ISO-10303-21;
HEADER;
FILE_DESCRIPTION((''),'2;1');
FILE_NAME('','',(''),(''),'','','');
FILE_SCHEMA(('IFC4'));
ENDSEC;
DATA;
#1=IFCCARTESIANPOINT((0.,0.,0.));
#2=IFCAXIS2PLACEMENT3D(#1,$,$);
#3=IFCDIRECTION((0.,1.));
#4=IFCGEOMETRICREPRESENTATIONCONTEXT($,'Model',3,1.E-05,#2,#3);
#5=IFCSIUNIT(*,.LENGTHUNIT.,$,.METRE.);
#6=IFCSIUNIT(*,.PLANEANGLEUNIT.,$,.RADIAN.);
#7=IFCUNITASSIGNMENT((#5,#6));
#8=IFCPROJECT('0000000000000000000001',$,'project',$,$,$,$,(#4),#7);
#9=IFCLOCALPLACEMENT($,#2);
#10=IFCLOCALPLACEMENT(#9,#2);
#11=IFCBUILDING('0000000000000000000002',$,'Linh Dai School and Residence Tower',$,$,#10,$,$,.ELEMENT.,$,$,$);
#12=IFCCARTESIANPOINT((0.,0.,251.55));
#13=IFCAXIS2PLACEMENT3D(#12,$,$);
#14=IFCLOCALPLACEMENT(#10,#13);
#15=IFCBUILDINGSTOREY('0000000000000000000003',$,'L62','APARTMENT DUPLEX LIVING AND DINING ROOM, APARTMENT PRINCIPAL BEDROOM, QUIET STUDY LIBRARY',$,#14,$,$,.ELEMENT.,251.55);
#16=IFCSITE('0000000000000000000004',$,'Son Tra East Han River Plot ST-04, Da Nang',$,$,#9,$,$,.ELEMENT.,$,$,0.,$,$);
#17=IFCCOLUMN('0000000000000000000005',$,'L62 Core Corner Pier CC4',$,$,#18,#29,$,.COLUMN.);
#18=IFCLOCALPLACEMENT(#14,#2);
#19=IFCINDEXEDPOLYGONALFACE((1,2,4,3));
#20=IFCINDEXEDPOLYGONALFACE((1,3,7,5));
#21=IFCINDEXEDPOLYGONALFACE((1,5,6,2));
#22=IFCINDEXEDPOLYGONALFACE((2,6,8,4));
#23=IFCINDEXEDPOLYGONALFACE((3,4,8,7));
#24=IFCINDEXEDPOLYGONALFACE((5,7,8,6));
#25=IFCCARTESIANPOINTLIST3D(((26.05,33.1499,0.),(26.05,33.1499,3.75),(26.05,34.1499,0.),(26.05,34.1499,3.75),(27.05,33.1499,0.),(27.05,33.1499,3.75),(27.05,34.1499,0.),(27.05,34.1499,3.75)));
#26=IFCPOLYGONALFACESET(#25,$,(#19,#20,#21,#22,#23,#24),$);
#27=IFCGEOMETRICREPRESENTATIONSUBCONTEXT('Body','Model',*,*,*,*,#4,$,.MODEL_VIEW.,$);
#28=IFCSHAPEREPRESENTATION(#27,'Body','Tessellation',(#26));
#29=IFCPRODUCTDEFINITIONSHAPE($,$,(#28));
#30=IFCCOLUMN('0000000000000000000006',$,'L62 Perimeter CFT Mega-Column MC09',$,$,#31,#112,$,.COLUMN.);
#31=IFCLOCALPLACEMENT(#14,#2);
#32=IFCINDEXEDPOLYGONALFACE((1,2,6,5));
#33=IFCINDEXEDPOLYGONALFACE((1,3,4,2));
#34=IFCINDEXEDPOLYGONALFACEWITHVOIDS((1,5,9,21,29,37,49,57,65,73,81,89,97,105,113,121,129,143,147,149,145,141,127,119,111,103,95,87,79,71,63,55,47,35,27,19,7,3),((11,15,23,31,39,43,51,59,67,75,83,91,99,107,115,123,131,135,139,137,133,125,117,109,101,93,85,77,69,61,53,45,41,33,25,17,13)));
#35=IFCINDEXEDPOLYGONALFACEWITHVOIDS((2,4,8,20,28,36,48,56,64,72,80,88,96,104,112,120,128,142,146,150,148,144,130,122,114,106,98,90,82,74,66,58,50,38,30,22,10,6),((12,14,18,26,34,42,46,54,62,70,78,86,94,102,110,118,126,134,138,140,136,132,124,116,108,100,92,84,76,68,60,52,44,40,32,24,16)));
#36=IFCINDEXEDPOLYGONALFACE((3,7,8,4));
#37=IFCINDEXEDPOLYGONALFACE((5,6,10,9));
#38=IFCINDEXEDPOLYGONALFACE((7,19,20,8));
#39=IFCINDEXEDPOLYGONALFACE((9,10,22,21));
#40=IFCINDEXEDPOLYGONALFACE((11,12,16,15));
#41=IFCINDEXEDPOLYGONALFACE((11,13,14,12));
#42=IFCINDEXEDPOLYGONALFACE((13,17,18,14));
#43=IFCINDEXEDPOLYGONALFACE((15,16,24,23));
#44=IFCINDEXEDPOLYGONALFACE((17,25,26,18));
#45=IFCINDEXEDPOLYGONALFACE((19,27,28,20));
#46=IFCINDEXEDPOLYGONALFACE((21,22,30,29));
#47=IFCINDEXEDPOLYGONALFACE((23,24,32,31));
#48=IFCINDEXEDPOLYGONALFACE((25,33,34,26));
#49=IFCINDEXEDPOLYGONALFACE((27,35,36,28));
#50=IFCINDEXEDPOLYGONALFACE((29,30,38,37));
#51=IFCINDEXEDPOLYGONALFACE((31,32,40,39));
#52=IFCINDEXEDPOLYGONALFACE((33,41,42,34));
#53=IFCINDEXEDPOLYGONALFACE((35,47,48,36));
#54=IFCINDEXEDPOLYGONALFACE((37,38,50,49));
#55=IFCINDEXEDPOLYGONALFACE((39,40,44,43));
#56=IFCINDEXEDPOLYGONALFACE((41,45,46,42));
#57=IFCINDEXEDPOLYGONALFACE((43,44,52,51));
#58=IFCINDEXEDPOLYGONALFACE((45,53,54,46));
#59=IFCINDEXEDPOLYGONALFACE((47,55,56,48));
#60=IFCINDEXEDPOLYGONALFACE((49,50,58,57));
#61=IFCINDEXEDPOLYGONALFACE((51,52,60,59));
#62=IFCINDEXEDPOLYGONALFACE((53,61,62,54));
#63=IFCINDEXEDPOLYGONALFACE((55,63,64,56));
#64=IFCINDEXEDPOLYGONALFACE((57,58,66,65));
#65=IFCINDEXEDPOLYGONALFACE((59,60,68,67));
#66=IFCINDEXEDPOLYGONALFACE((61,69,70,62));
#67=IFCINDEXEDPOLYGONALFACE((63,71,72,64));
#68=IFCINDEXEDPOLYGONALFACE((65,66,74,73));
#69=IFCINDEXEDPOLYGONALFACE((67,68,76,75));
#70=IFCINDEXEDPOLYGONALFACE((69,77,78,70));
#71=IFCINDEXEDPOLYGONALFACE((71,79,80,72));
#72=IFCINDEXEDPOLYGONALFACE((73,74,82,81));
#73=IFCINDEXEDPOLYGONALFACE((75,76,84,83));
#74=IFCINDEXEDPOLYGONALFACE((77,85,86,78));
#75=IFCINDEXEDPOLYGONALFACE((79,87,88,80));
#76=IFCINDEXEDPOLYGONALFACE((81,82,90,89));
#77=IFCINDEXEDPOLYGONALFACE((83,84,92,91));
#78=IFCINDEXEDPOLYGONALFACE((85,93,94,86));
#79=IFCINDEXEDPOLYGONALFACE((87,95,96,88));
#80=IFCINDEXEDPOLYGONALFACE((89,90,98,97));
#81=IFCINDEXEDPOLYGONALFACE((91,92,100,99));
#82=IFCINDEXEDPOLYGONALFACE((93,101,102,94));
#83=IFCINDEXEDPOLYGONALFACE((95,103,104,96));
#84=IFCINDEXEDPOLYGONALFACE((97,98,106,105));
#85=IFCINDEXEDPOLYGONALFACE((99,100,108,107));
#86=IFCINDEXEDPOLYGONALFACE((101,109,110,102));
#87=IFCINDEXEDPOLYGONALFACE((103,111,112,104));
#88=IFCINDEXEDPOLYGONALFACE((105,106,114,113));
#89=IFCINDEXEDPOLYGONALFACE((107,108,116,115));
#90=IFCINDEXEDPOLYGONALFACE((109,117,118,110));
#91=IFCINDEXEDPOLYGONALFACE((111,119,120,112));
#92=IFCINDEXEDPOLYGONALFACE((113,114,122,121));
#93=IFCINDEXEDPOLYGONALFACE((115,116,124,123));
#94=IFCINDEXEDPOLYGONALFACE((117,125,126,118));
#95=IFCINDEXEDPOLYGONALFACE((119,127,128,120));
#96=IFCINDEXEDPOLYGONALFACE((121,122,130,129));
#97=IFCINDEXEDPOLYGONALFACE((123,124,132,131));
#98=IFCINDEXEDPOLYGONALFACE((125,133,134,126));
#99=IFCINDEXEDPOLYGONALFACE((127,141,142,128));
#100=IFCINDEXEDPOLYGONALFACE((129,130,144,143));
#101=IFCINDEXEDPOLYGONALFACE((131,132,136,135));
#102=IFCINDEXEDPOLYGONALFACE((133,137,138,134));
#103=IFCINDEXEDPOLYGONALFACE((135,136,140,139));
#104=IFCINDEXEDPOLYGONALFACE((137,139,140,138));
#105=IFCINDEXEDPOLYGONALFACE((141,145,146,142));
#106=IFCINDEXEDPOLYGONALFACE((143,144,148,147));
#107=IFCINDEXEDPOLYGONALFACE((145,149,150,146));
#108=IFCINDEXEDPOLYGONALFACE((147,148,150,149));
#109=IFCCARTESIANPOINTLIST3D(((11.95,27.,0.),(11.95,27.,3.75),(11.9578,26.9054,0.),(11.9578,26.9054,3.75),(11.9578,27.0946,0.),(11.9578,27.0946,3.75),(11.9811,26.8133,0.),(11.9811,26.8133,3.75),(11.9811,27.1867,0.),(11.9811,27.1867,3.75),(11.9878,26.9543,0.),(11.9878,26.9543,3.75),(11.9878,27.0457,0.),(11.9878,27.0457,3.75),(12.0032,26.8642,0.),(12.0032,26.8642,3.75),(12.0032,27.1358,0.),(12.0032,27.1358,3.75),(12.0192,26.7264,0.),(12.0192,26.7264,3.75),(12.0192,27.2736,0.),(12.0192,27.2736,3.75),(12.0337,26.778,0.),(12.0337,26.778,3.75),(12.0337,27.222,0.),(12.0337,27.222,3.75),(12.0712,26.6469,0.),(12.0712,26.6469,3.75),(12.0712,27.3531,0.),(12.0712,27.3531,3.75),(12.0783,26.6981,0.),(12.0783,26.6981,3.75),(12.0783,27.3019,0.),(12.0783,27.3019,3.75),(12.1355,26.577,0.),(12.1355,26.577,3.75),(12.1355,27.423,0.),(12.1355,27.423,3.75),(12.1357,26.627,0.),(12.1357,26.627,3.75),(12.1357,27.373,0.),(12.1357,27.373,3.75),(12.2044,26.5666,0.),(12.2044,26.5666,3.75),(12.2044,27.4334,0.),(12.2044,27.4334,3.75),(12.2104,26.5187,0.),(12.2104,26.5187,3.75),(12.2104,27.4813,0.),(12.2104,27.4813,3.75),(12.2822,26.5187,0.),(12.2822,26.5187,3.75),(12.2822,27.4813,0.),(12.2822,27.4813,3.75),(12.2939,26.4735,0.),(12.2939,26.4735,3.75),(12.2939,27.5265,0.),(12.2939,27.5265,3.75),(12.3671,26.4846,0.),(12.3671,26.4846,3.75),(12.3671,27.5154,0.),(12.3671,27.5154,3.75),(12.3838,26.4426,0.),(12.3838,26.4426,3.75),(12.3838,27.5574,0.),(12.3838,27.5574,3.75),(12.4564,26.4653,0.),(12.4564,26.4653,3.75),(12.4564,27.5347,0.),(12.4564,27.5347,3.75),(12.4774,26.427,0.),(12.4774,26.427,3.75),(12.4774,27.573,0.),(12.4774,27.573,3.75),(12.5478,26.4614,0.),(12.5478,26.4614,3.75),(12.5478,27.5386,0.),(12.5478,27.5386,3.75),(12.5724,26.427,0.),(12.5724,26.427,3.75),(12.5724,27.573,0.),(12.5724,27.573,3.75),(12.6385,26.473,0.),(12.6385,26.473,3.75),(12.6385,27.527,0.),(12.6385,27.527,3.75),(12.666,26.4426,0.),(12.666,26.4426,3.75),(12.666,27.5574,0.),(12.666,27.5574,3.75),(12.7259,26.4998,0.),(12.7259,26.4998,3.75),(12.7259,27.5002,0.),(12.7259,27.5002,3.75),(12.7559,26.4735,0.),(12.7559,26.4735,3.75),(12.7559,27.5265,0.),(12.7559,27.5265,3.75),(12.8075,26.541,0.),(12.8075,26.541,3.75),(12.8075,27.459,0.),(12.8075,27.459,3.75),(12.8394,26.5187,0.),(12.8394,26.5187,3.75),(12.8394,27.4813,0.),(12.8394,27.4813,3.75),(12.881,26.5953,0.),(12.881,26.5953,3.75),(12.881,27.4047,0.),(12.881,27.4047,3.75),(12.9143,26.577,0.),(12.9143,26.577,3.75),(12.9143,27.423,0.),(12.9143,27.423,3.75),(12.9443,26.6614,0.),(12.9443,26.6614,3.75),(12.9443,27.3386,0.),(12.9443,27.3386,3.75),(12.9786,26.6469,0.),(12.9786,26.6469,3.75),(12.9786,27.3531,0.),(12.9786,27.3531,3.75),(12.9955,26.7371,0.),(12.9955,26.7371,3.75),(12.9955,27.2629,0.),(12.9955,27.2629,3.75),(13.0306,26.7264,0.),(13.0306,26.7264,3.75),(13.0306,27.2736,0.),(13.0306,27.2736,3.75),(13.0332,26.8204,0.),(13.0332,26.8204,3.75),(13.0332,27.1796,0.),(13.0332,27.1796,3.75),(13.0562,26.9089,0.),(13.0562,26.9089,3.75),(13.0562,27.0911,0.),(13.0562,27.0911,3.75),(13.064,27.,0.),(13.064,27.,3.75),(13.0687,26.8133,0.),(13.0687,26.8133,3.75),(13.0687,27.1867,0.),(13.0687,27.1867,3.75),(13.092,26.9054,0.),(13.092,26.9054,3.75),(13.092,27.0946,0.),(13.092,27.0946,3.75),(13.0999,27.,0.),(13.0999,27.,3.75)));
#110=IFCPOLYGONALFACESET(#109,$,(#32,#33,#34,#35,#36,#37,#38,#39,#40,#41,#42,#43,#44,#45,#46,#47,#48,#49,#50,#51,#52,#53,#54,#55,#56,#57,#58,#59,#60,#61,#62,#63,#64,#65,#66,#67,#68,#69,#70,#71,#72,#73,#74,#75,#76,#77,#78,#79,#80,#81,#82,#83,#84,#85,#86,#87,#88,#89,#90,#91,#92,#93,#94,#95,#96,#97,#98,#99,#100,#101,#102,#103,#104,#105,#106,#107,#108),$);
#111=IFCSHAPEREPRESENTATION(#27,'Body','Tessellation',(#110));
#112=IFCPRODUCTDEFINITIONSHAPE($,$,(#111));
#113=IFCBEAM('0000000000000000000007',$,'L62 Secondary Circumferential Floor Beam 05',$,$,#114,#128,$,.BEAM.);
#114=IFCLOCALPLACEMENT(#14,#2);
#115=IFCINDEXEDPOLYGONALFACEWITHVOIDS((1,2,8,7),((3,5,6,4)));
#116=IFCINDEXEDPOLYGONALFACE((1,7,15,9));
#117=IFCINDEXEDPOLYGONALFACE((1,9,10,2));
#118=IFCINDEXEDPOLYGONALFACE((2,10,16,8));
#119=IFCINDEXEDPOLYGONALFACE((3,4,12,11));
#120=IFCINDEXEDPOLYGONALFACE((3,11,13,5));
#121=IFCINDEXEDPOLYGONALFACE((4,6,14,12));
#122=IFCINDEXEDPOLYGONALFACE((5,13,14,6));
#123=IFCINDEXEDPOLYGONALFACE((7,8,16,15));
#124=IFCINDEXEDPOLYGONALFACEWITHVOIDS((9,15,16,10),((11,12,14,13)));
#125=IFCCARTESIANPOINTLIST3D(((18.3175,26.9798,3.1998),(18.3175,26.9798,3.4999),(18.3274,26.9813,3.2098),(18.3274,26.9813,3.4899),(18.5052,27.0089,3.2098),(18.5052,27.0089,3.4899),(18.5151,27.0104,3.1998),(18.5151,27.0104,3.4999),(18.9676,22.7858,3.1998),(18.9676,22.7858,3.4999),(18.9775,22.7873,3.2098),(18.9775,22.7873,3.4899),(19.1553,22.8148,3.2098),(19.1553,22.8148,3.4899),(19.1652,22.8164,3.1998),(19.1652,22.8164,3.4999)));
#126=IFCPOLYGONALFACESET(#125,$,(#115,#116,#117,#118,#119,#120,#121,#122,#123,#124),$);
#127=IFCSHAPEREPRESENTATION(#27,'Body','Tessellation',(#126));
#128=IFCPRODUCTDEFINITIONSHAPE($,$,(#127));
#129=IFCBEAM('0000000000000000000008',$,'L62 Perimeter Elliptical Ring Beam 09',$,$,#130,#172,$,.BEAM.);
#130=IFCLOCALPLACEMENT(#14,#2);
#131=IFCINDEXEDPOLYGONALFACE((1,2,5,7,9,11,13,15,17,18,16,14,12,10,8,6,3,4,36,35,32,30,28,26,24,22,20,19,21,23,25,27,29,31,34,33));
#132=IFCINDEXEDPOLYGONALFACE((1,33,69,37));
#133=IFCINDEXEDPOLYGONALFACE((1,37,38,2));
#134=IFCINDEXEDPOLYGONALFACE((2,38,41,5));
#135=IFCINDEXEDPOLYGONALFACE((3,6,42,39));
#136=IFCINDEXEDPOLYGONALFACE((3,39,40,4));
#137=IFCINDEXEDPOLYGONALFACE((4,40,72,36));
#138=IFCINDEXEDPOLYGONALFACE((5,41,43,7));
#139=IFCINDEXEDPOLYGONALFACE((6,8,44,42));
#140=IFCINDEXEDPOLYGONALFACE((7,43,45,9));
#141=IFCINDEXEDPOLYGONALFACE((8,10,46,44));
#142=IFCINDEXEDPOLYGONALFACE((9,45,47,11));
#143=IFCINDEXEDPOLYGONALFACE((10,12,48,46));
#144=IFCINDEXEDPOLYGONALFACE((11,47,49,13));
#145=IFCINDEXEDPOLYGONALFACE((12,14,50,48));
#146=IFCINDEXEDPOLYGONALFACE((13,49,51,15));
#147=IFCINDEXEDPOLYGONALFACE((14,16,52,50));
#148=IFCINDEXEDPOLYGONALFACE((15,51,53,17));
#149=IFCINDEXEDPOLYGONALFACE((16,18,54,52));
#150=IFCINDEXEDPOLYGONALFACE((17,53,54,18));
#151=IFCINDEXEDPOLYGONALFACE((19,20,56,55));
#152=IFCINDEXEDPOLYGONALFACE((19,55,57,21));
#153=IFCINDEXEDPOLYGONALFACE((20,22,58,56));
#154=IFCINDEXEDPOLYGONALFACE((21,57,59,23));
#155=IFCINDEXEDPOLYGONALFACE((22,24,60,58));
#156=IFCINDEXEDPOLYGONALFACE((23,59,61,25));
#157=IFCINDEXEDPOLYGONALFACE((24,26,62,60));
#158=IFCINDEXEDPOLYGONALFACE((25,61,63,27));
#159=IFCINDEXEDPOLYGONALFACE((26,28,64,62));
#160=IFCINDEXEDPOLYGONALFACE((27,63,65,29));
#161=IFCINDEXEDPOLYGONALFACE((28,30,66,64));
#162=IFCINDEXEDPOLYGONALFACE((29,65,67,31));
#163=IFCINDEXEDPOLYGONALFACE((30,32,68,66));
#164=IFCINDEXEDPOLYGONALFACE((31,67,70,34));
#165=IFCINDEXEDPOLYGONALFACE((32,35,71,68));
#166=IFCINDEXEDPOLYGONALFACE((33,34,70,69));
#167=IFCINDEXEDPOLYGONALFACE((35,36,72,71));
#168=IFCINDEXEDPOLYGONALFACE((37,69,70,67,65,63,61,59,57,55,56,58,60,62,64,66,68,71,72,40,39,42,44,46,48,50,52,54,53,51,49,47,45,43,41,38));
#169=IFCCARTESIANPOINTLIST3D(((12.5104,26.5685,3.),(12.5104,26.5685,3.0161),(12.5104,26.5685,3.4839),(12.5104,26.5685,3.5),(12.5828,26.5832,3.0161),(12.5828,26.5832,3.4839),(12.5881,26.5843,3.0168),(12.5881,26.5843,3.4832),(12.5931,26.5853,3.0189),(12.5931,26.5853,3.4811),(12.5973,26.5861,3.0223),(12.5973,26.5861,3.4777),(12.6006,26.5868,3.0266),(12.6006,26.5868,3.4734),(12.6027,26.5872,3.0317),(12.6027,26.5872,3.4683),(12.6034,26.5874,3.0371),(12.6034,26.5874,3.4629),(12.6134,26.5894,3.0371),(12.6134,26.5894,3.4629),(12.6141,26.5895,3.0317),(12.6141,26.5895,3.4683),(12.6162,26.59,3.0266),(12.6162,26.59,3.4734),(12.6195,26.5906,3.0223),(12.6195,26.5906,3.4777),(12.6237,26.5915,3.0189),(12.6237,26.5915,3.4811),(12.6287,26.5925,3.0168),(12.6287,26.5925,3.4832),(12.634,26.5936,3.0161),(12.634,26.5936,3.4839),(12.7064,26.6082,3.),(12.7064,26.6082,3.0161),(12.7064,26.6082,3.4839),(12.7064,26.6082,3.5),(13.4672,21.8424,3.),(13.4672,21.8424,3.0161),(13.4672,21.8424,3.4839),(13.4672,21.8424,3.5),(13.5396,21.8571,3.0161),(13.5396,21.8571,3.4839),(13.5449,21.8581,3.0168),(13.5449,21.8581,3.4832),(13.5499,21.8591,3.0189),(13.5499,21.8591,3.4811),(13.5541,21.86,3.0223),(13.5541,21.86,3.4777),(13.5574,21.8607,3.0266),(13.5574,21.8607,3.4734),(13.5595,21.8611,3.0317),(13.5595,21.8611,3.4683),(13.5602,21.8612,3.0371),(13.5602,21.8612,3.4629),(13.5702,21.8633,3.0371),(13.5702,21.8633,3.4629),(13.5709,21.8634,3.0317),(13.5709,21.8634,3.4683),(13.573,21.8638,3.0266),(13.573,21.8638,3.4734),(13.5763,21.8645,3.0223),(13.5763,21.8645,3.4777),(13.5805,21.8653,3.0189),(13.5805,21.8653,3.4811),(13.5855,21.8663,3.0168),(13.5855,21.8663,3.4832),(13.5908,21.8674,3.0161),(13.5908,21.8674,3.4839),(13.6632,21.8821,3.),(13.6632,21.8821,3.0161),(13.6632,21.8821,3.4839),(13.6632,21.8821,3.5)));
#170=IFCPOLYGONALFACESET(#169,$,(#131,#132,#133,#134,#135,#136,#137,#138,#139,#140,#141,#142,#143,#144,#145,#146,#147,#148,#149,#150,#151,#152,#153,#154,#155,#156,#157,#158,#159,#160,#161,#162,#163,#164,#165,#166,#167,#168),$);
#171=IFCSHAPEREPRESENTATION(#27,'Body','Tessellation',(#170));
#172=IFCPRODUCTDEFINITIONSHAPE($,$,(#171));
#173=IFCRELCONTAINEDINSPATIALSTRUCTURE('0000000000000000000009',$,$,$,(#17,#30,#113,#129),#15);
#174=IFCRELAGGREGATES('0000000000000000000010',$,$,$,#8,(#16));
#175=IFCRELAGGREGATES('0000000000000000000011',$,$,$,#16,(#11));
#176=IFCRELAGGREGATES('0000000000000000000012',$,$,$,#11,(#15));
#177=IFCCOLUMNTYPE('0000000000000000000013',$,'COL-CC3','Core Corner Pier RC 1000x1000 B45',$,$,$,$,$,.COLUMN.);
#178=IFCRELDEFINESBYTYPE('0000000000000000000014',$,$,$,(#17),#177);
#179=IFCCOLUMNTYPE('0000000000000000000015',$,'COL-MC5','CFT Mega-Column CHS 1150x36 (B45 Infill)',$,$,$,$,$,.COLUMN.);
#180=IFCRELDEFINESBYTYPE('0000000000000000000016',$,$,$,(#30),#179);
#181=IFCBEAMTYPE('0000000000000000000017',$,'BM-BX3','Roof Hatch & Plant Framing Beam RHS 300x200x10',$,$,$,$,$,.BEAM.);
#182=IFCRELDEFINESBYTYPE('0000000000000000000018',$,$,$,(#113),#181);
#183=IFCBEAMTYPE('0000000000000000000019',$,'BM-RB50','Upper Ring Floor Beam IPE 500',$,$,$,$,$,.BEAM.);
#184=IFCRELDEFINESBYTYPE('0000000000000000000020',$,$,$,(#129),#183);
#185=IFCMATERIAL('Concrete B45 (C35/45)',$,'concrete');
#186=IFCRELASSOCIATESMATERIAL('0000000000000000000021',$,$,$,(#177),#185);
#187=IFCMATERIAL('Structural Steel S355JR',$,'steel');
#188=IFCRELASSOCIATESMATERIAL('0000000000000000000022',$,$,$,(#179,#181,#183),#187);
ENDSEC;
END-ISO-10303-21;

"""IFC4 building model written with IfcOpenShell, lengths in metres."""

from ifc_helpers import new_model, si_unit, direction, frame, origin, origin_2d, place, context, subcontext, project, spatial, rectangle, hollow_rectangle, hollow_circle, i_section, extrude, material, material_profile, profile_set, type_object, element, save


model = new_model("IFC4")

# Units and contexts
model_context = context("Model", 3, precision=1e-05, world=origin(), true_north=direction((0.0, 1.0)))
body_context = subcontext(model_context, "Body", "Model", "MODEL_VIEW")
ifc_project = project(units=[si_unit("LENGTHUNIT", "METRE"), si_unit("PLANEANGLEUNIT", "RADIAN")], contexts=[model_context])

# Site, building, storey
site_placement = place(None, origin())
site = spatial("IfcSite", under=ifc_project, at=site_placement, Name="Son Tra East Han River Plot ST-04, Da Nang", CompositionType="ELEMENT", RefElevation=0.0)
building_placement = place(site_placement, origin())
building = spatial("IfcBuilding", under=site, at=building_placement, Name="Linh Dai School and Residence Tower", CompositionType="ELEMENT")
storey_placement = place(building_placement, frame((0.0, 0.0, 251.55)))
storey = spatial("IfcBuildingStorey", under=building, at=storey_placement, Name="L62", Description="APARTMENT DUPLEX LIVING AND DINING ROOM, APARTMENT PRINCIPAL BEDROOM, QUIET STUDY LIBRARY", CompositionType="ELEMENT", Elevation=251.55)

# Columns
ifc_material_1 = material(Name="Concrete B45 (C35/45)", Category="concrete")
ifc_material_profile_1 = material_profile(ifc_material_1, rectangle(XDim=1.0, YDim=1.0, at=origin_2d()), Name="RC 1000x1000")
ifc_profile_set_1 = profile_set([ifc_material_profile_1], Name="Concrete B45 (C35/45)")
column_type_1 = type_object("IfcColumnType", Name="COL-CC3", Description="Core Corner Pier RC 1000x1000 B45", PredefinedType="COLUMN", material=ifc_profile_set_1)
column_1_placement = place(storey_placement, frame((26.55, 33.6499, 0.0), z_axis=(0.0, 0.0, 1.0), x_axis=(1.0, 0.0, 0.0)))
element("IfcColumn", 1, at=column_1_placement, inside=storey, type_object=column_type_1, Name="L62 Core Corner Pier CC4", PredefinedType="COLUMN", context=body_context, shape_type="SweptSolid", body=[
    extrude(rectangle(XDim=1.0, YDim=1.0, at=origin_2d()), origin(), (0.0, 0.0, 1.0), 3.75),
])
ifc_material_2 = material(Name="Structural Steel S355JR", Category="steel")
ifc_material_profile_2 = material_profile(ifc_material_2, hollow_circle(Radius=0.575, WallThickness=0.0359, at=origin_2d()), Name="CHS 1150x36")
ifc_profile_set_2 = profile_set([ifc_material_profile_2], Name="Structural Steel S355JR")
column_type_2 = type_object("IfcColumnType", Name="COL-MC5", Description="CFT Mega-Column CHS 1150x36 (B45 Infill)", PredefinedType="COLUMN", material=ifc_profile_set_2)
column_2_placement = place(storey_placement, frame((12.5249, 27.0, 0.0), z_axis=(0.0, 0.0, 1.0), x_axis=(1.0, 0.0, 0.0)))
element("IfcColumn", 2, at=column_2_placement, inside=storey, type_object=column_type_2, Name="L62 Perimeter CFT Mega-Column MC09", PredefinedType="COLUMN", context=body_context, shape_type="SweptSolid", body=[
    extrude(hollow_circle(Radius=0.575, WallThickness=0.0359, at=origin_2d()), origin(), (0.0, 0.0, 1.0), 3.75),
])

# Beams
ifc_material_profile_3 = material_profile(ifc_material_2, hollow_rectangle(XDim=0.2, YDim=0.3, WallThickness=0.01, at=origin_2d()), Name="RHS 300x200x10")
ifc_profile_set_3 = profile_set([ifc_material_profile_3], Name="Structural Steel S355JR")
beam_type_1 = type_object("IfcBeamType", Name="BM-BX3", Description="Roof Hatch & Plant Framing Beam RHS 300x200x10", PredefinedType="BEAM", material=ifc_profile_set_3)
beam_1_placement = place(storey_placement, frame((18.4163, 26.9951, 3.3499), z_axis=(0.153185, -0.988197, 0.0), x_axis=(0.988197, 0.153185, 0.0)))
element("IfcBeam", 3, at=beam_1_placement, inside=storey, type_object=beam_type_1, Name="L62 Secondary Circumferential Floor Beam 05", PredefinedType="BEAM", context=body_context, shape_type="SweptSolid", body=[
    extrude(hollow_rectangle(XDim=0.2, YDim=0.3, WallThickness=0.01, at=origin_2d()), origin(), (0.0, 0.0, 1.0), 4.2441),
])
ifc_material_profile_4 = material_profile(ifc_material_2, i_section(OverallWidth=0.2, OverallDepth=0.5, WebThickness=0.0103, FlangeThickness=0.0161, FilletRadius=0.021, at=origin_2d()), Name="IPE 500")
ifc_profile_set_4 = profile_set([ifc_material_profile_4], Name="Structural Steel S355JR")
beam_type_2 = type_object("IfcBeamType", Name="BM-RB50", Description="Upper Ring Floor Beam IPE 500", PredefinedType="BEAM", material=ifc_profile_set_4)
beam_2_placement = place(storey_placement, frame((12.6084, 26.5884, 3.25), z_axis=(0.198423, -0.980116, 0.0), x_axis=(0.980116, 0.198423, 0.0)))
element("IfcBeam", 4, at=beam_2_placement, inside=storey, type_object=beam_type_2, Name="L62 Perimeter Elliptical Ring Beam 09", PredefinedType="BEAM", context=body_context, shape_type="SweptSolid", body=[
    extrude(i_section(OverallWidth=0.2, OverallDepth=0.5, WebThickness=0.0103, FlangeThickness=0.0161, FilletRadius=0.021, at=origin_2d()), origin(), (0.0, 0.0, 1.0), 4.822),
])

save(model, "model.ifc")
